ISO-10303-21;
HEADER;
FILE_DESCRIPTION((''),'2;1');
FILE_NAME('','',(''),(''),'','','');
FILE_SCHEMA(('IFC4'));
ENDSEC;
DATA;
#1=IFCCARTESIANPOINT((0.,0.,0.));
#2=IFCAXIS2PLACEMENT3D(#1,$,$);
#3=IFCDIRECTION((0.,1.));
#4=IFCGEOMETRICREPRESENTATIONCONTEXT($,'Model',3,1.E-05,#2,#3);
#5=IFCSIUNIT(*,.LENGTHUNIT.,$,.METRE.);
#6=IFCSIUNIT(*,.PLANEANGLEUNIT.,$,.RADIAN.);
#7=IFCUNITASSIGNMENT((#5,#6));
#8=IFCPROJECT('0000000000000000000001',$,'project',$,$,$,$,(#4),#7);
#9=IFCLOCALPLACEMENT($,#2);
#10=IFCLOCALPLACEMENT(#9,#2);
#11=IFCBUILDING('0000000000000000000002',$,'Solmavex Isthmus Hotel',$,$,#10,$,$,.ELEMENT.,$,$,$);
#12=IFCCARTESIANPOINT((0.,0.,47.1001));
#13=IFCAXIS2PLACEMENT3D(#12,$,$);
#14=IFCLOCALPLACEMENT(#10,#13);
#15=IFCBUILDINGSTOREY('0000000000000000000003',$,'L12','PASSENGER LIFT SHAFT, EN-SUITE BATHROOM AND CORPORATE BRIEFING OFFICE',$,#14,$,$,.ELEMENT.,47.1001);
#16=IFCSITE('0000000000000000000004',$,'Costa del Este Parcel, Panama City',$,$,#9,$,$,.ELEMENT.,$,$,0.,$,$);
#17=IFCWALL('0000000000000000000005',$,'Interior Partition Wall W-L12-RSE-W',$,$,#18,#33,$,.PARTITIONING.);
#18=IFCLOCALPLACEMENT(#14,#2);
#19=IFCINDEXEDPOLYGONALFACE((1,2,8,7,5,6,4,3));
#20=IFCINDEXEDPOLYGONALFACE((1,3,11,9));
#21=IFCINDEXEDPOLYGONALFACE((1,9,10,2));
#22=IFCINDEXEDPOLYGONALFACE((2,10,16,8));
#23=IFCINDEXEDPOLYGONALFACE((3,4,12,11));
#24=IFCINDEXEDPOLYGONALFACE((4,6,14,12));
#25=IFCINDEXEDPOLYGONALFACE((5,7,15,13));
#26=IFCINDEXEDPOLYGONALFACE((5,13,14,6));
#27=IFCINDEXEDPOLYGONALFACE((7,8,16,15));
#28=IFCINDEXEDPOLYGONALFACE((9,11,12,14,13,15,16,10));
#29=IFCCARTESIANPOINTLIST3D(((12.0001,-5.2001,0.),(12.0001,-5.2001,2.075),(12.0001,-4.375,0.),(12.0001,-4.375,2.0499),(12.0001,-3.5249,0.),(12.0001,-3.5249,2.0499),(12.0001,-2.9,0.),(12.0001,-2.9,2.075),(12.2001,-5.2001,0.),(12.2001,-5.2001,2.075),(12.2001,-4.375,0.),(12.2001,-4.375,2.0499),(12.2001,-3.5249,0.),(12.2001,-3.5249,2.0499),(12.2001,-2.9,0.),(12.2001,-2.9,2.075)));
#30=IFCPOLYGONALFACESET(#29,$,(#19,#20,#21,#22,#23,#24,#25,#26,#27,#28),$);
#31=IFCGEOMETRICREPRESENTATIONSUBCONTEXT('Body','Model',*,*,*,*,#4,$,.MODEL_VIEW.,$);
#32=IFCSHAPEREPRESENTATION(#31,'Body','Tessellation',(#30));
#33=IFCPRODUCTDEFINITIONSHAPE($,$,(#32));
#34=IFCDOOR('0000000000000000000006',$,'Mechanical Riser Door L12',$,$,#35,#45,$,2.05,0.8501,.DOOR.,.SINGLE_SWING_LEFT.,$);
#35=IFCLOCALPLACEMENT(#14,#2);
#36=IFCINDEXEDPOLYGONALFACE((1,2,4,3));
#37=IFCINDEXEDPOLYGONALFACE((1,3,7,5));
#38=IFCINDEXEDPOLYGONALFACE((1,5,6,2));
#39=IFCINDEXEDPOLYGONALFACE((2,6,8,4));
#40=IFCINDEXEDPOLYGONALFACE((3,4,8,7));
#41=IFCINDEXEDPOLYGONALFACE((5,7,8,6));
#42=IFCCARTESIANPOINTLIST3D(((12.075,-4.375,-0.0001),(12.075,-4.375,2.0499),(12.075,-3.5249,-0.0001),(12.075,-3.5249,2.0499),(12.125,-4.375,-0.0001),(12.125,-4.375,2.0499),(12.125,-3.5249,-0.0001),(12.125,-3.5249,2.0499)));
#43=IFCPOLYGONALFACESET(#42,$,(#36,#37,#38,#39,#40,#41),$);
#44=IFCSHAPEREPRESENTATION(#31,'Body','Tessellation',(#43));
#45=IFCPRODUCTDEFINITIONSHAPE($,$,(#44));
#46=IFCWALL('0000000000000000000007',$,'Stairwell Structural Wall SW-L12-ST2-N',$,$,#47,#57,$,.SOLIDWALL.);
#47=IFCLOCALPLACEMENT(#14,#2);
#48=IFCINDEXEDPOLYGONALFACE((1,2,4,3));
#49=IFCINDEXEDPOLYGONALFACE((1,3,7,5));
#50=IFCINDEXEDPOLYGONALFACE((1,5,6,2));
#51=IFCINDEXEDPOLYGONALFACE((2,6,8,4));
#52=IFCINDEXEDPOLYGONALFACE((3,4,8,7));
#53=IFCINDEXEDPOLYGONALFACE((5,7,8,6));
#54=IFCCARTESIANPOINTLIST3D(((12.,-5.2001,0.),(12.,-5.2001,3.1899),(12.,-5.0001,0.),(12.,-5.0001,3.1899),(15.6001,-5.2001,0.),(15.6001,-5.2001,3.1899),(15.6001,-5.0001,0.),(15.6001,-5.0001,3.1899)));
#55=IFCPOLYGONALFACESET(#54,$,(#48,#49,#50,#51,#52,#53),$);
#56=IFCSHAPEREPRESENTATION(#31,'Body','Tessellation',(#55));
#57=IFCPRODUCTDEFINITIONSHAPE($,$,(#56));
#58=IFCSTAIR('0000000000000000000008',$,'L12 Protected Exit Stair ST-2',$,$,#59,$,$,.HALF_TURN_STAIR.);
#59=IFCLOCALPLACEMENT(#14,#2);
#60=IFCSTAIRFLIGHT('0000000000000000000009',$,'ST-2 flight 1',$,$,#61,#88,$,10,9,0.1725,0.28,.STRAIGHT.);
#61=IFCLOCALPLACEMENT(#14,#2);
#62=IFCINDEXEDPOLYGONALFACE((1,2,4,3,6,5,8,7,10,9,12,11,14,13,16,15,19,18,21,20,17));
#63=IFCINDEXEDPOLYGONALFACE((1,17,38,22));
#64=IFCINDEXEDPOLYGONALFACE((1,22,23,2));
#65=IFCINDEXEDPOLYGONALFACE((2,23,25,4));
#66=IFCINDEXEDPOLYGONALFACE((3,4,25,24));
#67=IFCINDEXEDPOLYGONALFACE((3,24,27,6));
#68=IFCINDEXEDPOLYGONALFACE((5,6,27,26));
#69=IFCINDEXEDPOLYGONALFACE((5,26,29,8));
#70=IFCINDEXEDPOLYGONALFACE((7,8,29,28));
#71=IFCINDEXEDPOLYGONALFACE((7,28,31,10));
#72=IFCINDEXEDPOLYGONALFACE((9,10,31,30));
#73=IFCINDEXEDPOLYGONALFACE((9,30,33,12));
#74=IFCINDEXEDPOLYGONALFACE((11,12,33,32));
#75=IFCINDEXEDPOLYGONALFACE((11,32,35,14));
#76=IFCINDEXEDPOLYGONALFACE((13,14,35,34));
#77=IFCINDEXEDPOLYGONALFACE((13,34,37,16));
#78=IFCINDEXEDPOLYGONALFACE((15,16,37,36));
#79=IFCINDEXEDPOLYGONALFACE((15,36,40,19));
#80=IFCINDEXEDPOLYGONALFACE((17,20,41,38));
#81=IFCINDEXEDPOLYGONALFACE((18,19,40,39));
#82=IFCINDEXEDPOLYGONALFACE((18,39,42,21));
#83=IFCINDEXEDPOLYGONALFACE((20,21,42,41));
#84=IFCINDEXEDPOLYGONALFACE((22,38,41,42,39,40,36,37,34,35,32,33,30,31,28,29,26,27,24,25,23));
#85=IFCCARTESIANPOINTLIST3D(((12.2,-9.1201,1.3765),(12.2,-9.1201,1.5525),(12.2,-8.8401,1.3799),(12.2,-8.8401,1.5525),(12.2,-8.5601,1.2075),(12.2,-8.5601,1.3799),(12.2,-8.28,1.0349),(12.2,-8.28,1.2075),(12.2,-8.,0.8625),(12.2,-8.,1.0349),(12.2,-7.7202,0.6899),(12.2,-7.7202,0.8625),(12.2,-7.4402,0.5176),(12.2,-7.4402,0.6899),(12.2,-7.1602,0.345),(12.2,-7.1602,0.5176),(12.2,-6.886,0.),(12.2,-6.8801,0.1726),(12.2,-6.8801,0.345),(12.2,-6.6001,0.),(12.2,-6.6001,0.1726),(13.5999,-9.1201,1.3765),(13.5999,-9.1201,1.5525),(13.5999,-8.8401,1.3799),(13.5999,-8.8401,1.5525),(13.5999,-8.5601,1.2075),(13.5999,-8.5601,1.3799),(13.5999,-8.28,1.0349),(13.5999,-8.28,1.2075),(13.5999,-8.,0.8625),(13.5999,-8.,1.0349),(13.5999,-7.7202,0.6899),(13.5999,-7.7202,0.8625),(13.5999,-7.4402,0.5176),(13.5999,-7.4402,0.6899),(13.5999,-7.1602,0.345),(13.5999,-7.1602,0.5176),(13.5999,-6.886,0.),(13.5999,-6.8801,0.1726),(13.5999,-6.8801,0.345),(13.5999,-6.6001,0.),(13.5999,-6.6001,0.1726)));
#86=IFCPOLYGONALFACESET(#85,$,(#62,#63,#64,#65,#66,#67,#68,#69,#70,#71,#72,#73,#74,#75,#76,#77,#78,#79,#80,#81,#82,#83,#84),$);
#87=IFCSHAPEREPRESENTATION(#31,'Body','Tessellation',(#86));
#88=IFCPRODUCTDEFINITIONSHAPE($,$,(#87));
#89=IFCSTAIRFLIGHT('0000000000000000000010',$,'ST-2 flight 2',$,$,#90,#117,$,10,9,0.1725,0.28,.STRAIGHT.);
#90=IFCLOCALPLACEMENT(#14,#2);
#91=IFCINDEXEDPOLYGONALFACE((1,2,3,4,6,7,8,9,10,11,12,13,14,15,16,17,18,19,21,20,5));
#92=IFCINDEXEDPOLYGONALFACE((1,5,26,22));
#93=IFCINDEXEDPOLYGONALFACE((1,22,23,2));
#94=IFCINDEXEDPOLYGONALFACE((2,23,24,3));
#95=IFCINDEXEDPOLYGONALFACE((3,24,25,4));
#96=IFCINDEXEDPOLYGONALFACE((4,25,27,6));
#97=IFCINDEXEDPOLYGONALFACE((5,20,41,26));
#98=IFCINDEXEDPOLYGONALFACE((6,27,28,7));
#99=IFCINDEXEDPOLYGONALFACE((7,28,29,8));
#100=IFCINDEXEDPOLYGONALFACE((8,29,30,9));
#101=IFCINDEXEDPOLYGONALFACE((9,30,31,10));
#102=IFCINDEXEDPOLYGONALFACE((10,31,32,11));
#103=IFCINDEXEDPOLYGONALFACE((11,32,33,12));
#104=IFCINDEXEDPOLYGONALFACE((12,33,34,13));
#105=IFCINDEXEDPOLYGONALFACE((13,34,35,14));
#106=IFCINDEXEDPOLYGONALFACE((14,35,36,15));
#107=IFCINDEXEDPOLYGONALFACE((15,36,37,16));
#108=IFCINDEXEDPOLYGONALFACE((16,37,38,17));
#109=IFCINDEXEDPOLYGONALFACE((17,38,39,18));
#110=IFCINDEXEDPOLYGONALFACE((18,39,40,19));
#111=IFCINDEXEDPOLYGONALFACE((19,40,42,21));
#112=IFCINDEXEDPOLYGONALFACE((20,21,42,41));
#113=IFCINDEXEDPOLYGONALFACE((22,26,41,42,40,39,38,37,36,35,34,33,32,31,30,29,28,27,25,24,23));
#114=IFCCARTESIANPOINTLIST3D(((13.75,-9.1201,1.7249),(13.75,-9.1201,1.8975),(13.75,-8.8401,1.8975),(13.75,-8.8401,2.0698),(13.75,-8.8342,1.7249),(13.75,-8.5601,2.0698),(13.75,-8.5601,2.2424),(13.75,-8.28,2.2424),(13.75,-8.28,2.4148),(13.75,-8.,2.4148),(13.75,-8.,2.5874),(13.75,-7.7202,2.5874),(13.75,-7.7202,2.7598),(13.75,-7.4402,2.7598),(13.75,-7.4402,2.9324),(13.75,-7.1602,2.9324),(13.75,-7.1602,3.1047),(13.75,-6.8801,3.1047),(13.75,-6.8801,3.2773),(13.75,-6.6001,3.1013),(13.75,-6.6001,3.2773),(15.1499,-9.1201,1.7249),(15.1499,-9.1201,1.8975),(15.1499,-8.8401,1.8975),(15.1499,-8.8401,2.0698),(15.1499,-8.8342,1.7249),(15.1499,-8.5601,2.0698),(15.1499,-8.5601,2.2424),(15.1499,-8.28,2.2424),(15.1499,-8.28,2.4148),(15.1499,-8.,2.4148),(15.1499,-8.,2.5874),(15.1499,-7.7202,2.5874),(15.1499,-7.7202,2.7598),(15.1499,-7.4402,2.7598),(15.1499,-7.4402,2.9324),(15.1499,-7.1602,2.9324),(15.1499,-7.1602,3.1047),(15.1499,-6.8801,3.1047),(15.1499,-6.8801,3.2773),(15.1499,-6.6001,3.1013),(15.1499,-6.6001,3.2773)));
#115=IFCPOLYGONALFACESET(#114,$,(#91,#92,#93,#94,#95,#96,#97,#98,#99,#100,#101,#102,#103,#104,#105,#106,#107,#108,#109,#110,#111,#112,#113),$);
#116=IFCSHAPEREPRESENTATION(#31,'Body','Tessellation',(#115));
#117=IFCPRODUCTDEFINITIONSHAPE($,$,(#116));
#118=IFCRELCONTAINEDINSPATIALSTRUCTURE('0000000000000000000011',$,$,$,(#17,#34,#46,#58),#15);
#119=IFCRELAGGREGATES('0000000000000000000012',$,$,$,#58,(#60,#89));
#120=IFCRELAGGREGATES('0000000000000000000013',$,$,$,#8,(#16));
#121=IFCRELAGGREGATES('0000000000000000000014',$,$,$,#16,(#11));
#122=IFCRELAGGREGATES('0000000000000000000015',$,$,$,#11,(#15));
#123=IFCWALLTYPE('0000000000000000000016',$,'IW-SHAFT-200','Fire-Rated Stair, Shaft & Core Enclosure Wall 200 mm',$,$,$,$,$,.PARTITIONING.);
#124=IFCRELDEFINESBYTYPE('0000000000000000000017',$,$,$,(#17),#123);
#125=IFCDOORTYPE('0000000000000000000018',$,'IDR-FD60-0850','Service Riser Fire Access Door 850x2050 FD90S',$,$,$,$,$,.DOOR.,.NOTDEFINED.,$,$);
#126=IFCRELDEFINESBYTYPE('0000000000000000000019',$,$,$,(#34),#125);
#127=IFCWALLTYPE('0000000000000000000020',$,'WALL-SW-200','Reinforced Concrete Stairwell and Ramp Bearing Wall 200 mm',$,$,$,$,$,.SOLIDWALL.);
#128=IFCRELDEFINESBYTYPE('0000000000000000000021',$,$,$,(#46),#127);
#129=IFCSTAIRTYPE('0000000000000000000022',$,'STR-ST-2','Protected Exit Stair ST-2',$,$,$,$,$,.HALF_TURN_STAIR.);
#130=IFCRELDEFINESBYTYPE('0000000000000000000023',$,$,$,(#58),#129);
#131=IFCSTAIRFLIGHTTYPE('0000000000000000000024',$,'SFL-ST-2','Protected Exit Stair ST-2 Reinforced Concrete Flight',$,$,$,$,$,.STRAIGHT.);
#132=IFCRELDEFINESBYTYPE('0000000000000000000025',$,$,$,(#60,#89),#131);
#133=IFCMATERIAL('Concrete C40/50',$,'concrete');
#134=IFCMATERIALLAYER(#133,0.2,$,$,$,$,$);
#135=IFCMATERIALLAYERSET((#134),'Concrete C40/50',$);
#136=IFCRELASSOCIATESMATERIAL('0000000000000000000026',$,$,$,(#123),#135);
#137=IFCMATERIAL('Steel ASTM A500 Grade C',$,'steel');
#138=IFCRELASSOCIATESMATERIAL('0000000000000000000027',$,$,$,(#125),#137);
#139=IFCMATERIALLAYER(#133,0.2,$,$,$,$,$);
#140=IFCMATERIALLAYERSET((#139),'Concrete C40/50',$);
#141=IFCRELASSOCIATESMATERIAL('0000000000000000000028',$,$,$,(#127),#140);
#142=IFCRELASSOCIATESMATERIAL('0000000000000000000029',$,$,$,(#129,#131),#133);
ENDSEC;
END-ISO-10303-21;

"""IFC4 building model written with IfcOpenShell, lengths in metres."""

from ifc_helpers import new_model, si_unit, direction, frame, frame_2d, origin, place, context, subcontext, project, spatial, polyline, rectangle, outline, extrude, material, layer, layer_set, type_object, element, fill, aggregate, save


model = new_model("IFC4")

# Units and contexts
model_context = context("Model", 3, precision=1e-05, world=origin(), true_north=direction((0.0, 1.0)))
body_context = subcontext(model_context, "Body", "Model", "MODEL_VIEW")
ifc_project = project(units=[si_unit("LENGTHUNIT", "METRE"), si_unit("PLANEANGLEUNIT", "RADIAN")], contexts=[model_context])

# Site, building, storey
site_placement = place(None, origin())
site = spatial("IfcSite", under=ifc_project, at=site_placement, Name="Costa del Este Parcel, Panama City", CompositionType="ELEMENT", RefElevation=0.0)
building_placement = place(site_placement, origin())
building = spatial("IfcBuilding", under=site, at=building_placement, Name="Solmavex Isthmus Hotel", CompositionType="ELEMENT")
storey_placement = place(building_placement, frame((0.0, 0.0, 47.1001)))
storey = spatial("IfcBuildingStorey", under=building, at=storey_placement, Name="L12", Description="PASSENGER LIFT SHAFT, EN-SUITE BATHROOM AND CORPORATE BRIEFING OFFICE", CompositionType="ELEMENT", Elevation=47.1001)

# Wall, opening, door
ifc_material_1 = material(Name="Concrete C40/50", Category="concrete")
ifc_layer_1 = layer(ifc_material_1, 0.2)
ifc_layer_set_1 = layer_set([ifc_layer_1], Name="Concrete C40/50")
wall_type_1 = type_object("IfcWallType", Name="IW-SHAFT-200", Description="Fire-Rated Stair, Shaft & Core Enclosure Wall 200 mm", PredefinedType="PARTITIONING", material=ifc_layer_set_1)
wall_1_placement = place(storey_placement, frame((12.1001, -5.2, 0.0), z_axis=(0.0, 0.0, 1.0), x_axis=(0.0, 1.0, 0.0)))
wall_1 = element("IfcWall", 1, at=wall_1_placement, inside=storey, type_object=wall_type_1, Name="Interior Partition Wall W-L12-RSE-W", PredefinedType="PARTITIONING", context=body_context, shape_type="SweptSolid", body=[
    extrude(rectangle(XDim=2.3, YDim=0.2, at=frame_2d((1.1499, 0.0))), origin(), (0.0, 0.0, 1.0), 2.075),
])
opening_1_placement = place(wall_1_placement, frame((0.825, 0.0, 0.0)))
opening_1 = element("IfcOpeningElement", 2, at=opening_1_placement, cuts=wall_1, PredefinedType="OPENING", context=body_context, shape_type="SweptSolid", body=[
    extrude(rectangle(XDim=0.8501, YDim=2.05, at=frame_2d((0.425, 1.0249))), frame((0.0, 0.1099, 0.0), z_axis=(0.0, -1.0, 0.0), x_axis=(1.0, 0.0, 0.0)), (0.0, 0.0, 1.0), 0.22),
])
ifc_material_2 = material(Name="Steel ASTM A500 Grade C", Category="steel")
door_type_1 = type_object("IfcDoorType", Name="IDR-FD60-0850", Description="Service Riser Fire Access Door 850x2050 FD90S", OperationType="NOTDEFINED", PredefinedType="DOOR", material=ifc_material_2)
door_1_placement = place(opening_1_placement, frame((0.8501, 0.0, 0.0), z_axis=(0.0, 0.0, 1.0), x_axis=(-1.0, 0.0, 0.0)))
door_1 = element("IfcDoor", 3, at=door_1_placement, inside=storey, type_object=door_type_1, Name="Mechanical Riser Door L12", OperationType="SINGLE_SWING_LEFT", OverallHeight=2.05, OverallWidth=0.8501, PredefinedType="DOOR", context=body_context, shape_type="SweptSolid", body=[
    extrude(rectangle(XDim=0.8501, YDim=2.05, at=frame_2d((0.425, 1.0249))), frame((0.0, 0.0249, 0.0), z_axis=(0.0, -1.0, 0.0), x_axis=(1.0, 0.0, 0.0)), (0.0, 0.0, 1.0), 0.05),
])
fill(opening_1, door_1)

# Wall
ifc_layer_2 = layer(ifc_material_1, 0.2)
ifc_layer_set_2 = layer_set([ifc_layer_2], Name="Concrete C40/50")
wall_type_2 = type_object("IfcWallType", Name="WALL-SW-200", Description="Reinforced Concrete Stairwell and Ramp Bearing Wall 200 mm", PredefinedType="SOLIDWALL", material=ifc_layer_set_2)
wall_2_placement = place(storey_placement, frame((12.0, -5.1001, 0.0), z_axis=(0.0, 0.0, 1.0), x_axis=(1.0, 0.0, 0.0)))
element("IfcWall", 4, at=wall_2_placement, inside=storey, type_object=wall_type_2, Name="Stairwell Structural Wall SW-L12-ST2-N", PredefinedType="SOLIDWALL", context=body_context, shape_type="SweptSolid", body=[
    extrude(rectangle(XDim=3.6001, YDim=0.2, at=frame_2d((1.8, 0.0))), origin(), (0.0, 0.0, 1.0), 3.1899),
])

# Stair, stair flights
stair_type = type_object("IfcStairType", Name="STR-ST-2", Description="Protected Exit Stair ST-2", PredefinedType="HALF_TURN_STAIR", material=ifc_material_1)
stair_placement = place(storey_placement, origin())
stair = element("IfcStair", 5, at=stair_placement, inside=storey, type_object=stair_type, Name="L12 Protected Exit Stair ST-2", PredefinedType="HALF_TURN_STAIR")
stair_flight_type = type_object("IfcStairFlightType", Name="SFL-ST-2", Description="Protected Exit Stair ST-2 Reinforced Concrete Flight", PredefinedType="STRAIGHT", material=ifc_material_1)
stair_flight_1_placement = place(storey_placement, frame((12.8999, -6.6001, 0.0), z_axis=(0.0, 0.0, 1.0), x_axis=(0.0, -1.0, 0.0)))
stair_flight_1 = element("IfcStairFlight", 6, at=stair_flight_1_placement, type_object=stair_flight_type, Name="ST-2 flight 1", NumberOfRisers=10, NumberOfTreads=9, PredefinedType="STRAIGHT", RiserHeight=0.1725, TreadLength=0.28, context=body_context, shape_type="SweptSolid", body=[
    extrude(outline(polyline([(0.0, 0.0), (0.0, 0.1726), (0.28, 0.1726), (0.28, 0.345), (0.5601, 0.345), (0.5601, 0.5176), (0.8401, 0.5176), (0.8401, 0.6899), (1.1201, 0.6899), (1.1201, 0.8625), (1.3999, 0.8625), (1.3999, 1.0349), (1.6799, 1.0349), (1.6799, 1.2075), (1.96, 1.2075), (1.96, 1.3799), (2.24, 1.3799), (2.24, 1.5525), (2.52, 1.5525), (2.52, 1.7251), (2.52, 1.3765), (0.2859, 0.0), (0.0, 0.0)])), frame((0.0, 0.7, 0.0), z_axis=(0.0, -1.0, 0.0), x_axis=(1.0, 0.0, 0.0)), (0.0, 0.0, 1.0), 1.3999),
])
stair_flight_2_placement = place(storey_placement, frame((14.45, -9.1201, 1.7249), z_axis=(0.0, 0.0, 1.0), x_axis=(0.0, 1.0, 0.0)))
stair_flight_2 = element("IfcStairFlight", 7, at=stair_flight_2_placement, type_object=stair_flight_type, Name="ST-2 flight 2", NumberOfRisers=10, NumberOfTreads=9, PredefinedType="STRAIGHT", RiserHeight=0.1725, TreadLength=0.28, context=body_context, shape_type="SweptSolid", body=[
    extrude(outline(polyline([(0.0, 0.0), (0.0, 0.1726), (0.28, 0.1726), (0.28, 0.345), (0.5601, 0.345), (0.5601, 0.5176), (0.8401, 0.5176), (0.8401, 0.6899), (1.1201, 0.6899), (1.1201, 0.8625), (1.3999, 0.8625), (1.3999, 1.0349), (1.6799, 1.0349), (1.6799, 1.2075), (1.96, 1.2075), (1.96, 1.3799), (2.24, 1.3799), (2.24, 1.5525), (2.52, 1.5525), (2.52, 1.7251), (2.52, 1.3765), (0.2859, 0.0), (0.0, 0.0)])), frame((0.0, 0.7, 0.0), z_axis=(0.0, -1.0, 0.0), x_axis=(1.0, 0.0, 0.0)), (0.0, 0.0, 1.0), 1.3999),
])
aggregate(stair, [stair_flight_1, stair_flight_2])

save(model, "model.ifc")
